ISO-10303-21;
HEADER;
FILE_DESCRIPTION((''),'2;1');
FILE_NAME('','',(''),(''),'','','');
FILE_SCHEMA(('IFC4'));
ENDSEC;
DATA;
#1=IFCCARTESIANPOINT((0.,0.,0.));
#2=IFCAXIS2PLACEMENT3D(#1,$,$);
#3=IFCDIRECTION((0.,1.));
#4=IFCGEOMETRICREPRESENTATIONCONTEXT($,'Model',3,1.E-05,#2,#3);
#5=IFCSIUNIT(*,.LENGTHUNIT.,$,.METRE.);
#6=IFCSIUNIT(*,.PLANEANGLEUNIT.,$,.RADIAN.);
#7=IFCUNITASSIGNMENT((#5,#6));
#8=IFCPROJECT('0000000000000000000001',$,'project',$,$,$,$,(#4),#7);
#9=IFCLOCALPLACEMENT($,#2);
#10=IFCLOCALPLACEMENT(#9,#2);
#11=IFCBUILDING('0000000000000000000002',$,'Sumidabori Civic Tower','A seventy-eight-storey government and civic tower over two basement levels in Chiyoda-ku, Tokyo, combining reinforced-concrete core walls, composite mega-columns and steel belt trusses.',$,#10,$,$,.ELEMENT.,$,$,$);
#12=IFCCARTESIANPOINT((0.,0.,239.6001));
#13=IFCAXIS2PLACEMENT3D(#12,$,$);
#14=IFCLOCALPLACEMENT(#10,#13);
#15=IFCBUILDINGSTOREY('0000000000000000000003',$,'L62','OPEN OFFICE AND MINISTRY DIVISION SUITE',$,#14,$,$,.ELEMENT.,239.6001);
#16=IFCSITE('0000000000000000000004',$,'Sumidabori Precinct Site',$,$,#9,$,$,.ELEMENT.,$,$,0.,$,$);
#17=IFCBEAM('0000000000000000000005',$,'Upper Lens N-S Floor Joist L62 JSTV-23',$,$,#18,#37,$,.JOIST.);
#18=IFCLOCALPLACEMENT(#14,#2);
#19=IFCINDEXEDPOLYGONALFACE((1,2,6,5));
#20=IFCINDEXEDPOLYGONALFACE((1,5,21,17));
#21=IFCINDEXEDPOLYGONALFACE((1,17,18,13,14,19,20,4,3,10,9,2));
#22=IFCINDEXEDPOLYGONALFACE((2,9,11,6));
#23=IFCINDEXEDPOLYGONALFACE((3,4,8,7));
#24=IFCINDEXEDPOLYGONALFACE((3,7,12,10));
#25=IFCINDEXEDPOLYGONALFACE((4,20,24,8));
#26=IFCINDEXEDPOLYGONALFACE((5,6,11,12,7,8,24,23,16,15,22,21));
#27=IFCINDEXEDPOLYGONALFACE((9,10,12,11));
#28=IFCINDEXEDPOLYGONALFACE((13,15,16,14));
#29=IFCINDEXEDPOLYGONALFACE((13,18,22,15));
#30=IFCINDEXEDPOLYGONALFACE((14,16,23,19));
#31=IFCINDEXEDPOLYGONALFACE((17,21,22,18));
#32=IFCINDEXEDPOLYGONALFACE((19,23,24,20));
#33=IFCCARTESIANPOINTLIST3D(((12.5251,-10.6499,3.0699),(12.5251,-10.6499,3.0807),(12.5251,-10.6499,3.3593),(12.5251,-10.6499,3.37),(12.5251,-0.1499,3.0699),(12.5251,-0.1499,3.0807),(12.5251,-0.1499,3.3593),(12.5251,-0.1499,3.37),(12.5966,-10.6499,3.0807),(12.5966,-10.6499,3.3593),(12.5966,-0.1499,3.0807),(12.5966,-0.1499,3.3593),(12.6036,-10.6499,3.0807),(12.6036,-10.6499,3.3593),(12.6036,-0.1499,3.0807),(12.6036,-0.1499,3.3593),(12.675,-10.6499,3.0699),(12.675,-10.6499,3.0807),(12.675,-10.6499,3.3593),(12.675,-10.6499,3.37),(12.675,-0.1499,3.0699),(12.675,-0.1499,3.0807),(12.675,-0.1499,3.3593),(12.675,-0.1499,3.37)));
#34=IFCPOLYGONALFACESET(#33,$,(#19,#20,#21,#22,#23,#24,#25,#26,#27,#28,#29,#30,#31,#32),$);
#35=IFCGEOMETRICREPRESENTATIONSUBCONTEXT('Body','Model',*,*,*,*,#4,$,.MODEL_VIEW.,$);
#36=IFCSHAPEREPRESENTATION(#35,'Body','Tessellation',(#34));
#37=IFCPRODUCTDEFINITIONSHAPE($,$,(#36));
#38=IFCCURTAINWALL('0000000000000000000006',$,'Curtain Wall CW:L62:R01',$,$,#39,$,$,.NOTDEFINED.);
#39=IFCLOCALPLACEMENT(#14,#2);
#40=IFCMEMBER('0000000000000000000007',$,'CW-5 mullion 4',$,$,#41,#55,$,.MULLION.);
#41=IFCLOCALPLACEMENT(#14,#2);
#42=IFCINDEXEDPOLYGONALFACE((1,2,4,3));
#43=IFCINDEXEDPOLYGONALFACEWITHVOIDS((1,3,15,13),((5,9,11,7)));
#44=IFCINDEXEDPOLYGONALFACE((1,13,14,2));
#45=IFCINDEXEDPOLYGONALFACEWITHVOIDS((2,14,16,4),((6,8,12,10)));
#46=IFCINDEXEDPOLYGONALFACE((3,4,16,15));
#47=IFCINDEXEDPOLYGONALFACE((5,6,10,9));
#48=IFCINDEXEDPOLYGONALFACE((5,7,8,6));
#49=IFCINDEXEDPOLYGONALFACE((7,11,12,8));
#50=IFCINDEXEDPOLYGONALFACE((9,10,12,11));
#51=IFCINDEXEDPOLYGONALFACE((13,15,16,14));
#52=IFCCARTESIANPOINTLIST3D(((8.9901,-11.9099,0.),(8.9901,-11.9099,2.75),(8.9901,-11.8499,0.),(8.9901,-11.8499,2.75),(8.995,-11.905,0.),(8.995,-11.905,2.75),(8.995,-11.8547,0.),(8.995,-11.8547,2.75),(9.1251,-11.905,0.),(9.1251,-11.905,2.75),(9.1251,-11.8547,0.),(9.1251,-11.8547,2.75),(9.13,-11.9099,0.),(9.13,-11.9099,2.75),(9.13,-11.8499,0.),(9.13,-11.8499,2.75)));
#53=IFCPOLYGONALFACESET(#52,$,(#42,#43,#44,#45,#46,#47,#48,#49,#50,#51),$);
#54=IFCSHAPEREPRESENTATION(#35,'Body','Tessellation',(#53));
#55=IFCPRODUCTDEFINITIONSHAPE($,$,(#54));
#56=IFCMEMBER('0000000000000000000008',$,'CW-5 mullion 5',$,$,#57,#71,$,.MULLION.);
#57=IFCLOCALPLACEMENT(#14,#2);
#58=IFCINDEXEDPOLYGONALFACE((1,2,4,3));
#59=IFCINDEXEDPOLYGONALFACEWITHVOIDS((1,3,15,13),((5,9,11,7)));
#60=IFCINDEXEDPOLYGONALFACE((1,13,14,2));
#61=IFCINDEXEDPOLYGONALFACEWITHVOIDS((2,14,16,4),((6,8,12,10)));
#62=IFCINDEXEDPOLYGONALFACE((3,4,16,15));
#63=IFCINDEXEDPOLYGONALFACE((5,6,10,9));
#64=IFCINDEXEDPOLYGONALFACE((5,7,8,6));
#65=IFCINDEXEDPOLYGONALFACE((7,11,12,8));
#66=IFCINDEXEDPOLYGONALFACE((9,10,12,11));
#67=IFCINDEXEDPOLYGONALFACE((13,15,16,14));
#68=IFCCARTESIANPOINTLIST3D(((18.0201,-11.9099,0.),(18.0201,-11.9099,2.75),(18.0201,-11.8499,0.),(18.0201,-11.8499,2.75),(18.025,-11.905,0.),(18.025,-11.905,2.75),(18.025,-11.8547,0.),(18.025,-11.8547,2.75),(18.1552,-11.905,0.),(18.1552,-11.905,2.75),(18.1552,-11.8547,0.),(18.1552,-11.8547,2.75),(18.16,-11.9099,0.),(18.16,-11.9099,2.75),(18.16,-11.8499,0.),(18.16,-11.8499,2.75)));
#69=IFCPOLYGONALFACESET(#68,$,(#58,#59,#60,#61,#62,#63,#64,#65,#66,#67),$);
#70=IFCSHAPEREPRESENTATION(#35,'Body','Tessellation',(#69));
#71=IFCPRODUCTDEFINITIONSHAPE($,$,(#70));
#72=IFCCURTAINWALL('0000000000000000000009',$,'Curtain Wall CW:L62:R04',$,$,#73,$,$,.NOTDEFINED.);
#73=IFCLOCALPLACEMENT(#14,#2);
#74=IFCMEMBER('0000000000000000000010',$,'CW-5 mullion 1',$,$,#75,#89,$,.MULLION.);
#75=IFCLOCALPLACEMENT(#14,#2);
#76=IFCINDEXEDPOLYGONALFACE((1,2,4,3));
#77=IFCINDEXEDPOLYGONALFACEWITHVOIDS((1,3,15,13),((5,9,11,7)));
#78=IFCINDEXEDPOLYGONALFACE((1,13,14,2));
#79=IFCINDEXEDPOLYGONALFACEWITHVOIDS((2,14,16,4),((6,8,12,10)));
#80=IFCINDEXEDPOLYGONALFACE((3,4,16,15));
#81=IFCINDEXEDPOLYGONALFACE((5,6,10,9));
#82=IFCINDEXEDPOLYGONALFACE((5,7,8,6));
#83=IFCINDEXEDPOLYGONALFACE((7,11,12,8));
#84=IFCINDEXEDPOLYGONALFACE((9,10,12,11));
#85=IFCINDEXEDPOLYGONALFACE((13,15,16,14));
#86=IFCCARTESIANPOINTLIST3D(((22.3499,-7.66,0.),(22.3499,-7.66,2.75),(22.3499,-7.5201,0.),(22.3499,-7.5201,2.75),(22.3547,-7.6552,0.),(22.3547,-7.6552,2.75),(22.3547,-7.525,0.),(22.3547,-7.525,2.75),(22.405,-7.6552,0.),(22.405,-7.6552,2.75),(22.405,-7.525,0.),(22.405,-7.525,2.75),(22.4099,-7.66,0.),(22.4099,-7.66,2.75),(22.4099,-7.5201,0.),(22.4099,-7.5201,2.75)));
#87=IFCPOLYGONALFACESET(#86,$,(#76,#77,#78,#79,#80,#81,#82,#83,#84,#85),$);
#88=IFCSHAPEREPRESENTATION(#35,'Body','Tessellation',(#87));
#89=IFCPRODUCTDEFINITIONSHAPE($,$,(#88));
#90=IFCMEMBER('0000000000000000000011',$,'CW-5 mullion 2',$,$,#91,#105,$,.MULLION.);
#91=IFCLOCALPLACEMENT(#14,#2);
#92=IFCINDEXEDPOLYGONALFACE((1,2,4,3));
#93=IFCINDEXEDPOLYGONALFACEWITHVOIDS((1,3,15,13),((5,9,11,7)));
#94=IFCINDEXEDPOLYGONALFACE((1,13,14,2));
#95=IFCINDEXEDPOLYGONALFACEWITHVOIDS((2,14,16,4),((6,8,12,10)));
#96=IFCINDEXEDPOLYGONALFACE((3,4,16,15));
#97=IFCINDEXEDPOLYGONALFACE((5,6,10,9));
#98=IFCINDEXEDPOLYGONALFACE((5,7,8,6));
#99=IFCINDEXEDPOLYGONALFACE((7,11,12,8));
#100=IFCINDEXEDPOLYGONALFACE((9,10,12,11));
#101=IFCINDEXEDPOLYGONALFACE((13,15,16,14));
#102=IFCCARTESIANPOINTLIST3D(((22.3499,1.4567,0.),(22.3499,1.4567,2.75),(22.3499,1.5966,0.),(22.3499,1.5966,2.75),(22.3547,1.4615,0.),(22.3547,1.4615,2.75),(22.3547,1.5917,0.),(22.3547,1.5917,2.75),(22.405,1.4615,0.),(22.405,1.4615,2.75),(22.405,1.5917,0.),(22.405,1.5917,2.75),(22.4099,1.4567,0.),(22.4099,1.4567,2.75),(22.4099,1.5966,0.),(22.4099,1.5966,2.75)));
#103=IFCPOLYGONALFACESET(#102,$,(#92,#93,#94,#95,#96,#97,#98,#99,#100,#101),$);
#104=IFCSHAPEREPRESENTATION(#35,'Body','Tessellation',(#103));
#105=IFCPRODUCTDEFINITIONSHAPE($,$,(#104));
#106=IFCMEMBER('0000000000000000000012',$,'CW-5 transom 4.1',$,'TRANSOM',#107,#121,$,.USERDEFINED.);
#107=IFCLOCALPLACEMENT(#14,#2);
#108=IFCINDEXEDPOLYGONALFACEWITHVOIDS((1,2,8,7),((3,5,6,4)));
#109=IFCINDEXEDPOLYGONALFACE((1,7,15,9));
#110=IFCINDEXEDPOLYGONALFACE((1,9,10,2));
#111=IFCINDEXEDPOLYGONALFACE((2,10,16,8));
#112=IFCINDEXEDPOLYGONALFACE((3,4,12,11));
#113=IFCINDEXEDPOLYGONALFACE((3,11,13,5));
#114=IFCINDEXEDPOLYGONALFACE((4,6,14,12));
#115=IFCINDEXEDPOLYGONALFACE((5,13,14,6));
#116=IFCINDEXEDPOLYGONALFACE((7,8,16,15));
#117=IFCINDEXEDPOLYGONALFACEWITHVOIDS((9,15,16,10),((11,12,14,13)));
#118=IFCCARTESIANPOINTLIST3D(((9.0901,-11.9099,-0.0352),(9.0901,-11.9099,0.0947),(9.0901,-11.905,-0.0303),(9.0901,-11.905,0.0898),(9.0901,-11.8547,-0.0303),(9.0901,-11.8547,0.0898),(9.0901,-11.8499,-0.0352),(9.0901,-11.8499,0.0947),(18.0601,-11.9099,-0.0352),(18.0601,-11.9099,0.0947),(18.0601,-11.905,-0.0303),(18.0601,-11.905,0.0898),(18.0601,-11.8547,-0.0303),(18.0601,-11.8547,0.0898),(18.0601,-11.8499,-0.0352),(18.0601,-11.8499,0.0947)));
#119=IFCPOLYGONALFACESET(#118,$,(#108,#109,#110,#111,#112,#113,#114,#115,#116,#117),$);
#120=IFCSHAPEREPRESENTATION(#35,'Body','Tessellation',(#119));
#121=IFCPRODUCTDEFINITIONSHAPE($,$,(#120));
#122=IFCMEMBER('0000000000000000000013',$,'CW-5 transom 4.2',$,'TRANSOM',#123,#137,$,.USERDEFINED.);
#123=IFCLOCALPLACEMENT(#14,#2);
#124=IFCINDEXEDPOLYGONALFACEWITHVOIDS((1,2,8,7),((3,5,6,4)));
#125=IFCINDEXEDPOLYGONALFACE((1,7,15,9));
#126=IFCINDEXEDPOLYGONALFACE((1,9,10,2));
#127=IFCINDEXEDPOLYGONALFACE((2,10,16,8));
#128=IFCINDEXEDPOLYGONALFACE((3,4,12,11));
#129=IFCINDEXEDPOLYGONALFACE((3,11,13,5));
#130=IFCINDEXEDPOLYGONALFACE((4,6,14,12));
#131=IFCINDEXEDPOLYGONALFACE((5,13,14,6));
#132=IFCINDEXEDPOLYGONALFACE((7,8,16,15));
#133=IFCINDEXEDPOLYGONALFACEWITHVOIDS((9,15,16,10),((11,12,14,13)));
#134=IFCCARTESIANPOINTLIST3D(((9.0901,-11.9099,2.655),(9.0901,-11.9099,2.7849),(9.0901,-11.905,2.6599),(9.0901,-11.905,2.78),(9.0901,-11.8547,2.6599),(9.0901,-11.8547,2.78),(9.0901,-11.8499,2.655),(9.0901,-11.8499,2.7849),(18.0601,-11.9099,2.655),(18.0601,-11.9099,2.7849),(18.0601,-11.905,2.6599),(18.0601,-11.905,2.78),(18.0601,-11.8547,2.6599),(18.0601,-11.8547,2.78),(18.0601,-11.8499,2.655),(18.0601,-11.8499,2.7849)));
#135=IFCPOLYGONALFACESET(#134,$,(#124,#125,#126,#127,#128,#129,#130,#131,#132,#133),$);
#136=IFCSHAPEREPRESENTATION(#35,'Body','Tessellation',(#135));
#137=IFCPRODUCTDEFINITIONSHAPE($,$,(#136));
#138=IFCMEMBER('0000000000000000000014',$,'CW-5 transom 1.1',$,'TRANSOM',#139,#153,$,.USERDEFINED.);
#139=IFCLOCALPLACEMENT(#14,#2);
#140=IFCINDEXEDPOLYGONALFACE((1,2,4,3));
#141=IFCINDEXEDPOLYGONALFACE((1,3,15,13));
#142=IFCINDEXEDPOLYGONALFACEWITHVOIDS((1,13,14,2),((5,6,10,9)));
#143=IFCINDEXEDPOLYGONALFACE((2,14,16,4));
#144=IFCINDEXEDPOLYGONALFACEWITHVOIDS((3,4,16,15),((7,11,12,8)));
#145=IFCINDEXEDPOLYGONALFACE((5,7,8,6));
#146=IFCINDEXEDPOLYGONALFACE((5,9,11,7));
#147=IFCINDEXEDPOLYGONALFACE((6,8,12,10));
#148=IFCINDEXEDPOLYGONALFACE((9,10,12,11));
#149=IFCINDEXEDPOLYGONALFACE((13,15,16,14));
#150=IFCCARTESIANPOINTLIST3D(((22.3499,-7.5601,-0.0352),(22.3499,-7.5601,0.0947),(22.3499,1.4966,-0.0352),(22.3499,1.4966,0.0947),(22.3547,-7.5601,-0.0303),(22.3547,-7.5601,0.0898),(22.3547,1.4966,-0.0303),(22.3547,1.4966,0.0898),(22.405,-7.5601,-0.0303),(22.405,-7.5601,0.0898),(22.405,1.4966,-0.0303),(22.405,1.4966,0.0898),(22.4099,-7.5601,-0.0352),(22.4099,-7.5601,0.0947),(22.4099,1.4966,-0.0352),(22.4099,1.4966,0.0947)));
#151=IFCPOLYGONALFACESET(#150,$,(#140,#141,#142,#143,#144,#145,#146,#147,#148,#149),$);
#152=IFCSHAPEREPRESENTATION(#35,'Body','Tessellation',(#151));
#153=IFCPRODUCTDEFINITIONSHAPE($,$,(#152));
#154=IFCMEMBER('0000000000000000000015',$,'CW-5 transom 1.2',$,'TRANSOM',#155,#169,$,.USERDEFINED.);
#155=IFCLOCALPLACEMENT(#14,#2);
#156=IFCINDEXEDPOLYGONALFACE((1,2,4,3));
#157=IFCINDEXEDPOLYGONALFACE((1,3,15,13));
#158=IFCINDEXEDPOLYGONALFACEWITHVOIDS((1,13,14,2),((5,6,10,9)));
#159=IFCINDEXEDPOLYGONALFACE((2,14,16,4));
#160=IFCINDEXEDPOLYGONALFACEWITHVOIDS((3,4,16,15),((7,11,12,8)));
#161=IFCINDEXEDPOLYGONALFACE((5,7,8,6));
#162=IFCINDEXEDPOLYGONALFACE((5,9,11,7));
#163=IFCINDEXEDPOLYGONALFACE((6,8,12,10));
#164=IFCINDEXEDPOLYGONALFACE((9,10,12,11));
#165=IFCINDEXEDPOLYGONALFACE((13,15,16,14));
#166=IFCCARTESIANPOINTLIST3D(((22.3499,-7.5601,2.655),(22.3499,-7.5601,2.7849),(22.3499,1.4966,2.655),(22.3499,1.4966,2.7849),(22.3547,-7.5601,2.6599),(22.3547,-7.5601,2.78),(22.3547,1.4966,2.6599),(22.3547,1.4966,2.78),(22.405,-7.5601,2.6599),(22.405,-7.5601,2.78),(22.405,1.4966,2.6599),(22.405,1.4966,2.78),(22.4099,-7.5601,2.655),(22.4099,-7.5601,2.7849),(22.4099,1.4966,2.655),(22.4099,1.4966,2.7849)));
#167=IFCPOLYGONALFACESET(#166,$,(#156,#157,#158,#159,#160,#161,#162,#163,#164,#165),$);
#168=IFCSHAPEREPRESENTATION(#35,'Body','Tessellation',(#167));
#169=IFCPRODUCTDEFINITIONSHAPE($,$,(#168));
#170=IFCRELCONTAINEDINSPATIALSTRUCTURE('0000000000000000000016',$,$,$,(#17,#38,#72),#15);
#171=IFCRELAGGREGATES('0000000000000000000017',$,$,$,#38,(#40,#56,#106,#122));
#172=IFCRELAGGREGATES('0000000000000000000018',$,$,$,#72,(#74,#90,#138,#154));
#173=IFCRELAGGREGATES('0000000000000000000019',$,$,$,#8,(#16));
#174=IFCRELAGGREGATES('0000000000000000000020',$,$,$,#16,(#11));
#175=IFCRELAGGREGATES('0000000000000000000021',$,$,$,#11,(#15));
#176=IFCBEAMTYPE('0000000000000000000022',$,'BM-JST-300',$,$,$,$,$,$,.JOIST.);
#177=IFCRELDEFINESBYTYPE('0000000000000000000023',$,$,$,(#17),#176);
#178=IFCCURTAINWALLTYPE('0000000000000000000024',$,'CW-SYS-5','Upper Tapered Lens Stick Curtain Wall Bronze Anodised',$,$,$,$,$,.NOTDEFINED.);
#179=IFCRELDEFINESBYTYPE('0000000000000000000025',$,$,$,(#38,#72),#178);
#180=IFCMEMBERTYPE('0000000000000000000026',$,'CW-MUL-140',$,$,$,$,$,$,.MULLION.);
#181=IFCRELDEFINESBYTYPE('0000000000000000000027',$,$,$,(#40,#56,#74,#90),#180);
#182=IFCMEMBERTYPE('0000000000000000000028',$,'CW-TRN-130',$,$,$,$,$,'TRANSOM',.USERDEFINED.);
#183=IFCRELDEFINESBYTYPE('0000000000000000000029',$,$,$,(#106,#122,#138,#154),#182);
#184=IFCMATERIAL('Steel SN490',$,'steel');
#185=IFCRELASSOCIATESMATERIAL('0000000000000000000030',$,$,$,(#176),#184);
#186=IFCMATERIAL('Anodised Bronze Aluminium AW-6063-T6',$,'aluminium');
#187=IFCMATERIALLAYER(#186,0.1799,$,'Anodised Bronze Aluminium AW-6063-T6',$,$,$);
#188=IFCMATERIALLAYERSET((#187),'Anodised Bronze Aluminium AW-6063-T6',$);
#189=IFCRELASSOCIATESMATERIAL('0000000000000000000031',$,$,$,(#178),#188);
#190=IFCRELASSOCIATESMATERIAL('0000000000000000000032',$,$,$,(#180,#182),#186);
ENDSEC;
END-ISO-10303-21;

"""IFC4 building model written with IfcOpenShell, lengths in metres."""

from ifc_helpers import new_model, si_unit, direction, frame, origin, origin_2d, place, context, subcontext, project, spatial, hollow_rectangle, i_section, extrude, source, transform, mapped, material, layer, layer_set, material_profile, profile_set, type_object, element, aggregate, save


model = new_model("IFC4")

# Units and contexts
model_context = context("Model", 3, precision=1e-05, world=origin(), true_north=direction((0.0, 1.0)))
body_context = subcontext(model_context, "Body", "Model", "MODEL_VIEW")
ifc_project = project(units=[si_unit("LENGTHUNIT", "METRE"), si_unit("PLANEANGLEUNIT", "RADIAN")], contexts=[model_context])

# Site, building, storey
site_placement = place(None, origin())
site = spatial("IfcSite", under=ifc_project, at=site_placement, Name="Sumidabori Precinct Site", CompositionType="ELEMENT", RefElevation=0.0)
building_placement = place(site_placement, origin())
building = spatial("IfcBuilding", under=site, at=building_placement, Name="Sumidabori Civic Tower", Description="A seventy-eight-storey government and civic tower over two basement levels in Chiyoda-ku, Tokyo, combining reinforced-concrete core walls, composite mega-columns and steel belt trusses.", CompositionType="ELEMENT")
storey_placement = place(building_placement, frame((0.0, 0.0, 239.6001)))
storey = spatial("IfcBuildingStorey", under=building, at=storey_placement, Name="L62", Description="OPEN OFFICE AND MINISTRY DIVISION SUITE", CompositionType="ELEMENT", Elevation=239.6001)

# Beam
ifc_material_1 = material(Name="Steel SN490", Category="steel")
ifc_material_profile_1 = material_profile(ifc_material_1, i_section(OverallWidth=0.1499, OverallDepth=0.3, WebThickness=0.0071, FlangeThickness=0.0107, at=origin_2d()), Name="IPE 300")
ifc_profile_set_1 = profile_set([ifc_material_profile_1], Name="Steel SN490")
beam_type_1 = type_object("IfcBeamType", Name="BM-JST-300", PredefinedType="JOIST", material=ifc_profile_set_1)
shared_shape_1 = source(origin(), body_context, "Body", "SweptSolid", [
    extrude(i_section(OverallWidth=0.1499, OverallDepth=0.3, WebThickness=0.0071, FlangeThickness=0.0107, at=origin_2d()), origin(), (0.0, 0.0, 1.0), 10.5),
])
beam_1_placement = place(storey_placement, frame((12.6001, -10.6499, 3.22), z_axis=(0.0, 1.0, 0.0), x_axis=(-1.0, 0.0, 0.0)))
element("IfcBeam", 1, at=beam_1_placement, inside=storey, type_object=beam_type_1, Name="Upper Lens N-S Floor Joist L62 JSTV-23", PredefinedType="JOIST", context=body_context, shape_type="MappedRepresentation", body=[
    mapped(shared_shape_1, transform((0.0, 0.0, 0.0), x_axis=(1.0, 0.0, 0.0), y_axis=(0.0, 1.0, 0.0), z_axis=(0.0, 0.0, 1.0), scale=1.0)),
])

# Curtain walls, members
ifc_material_2 = material(Name="Anodised Bronze Aluminium AW-6063-T6", Category="aluminium")
ifc_layer_1 = layer(ifc_material_2, 0.1799, Name="Anodised Bronze Aluminium AW-6063-T6")
ifc_layer_set_1 = layer_set([ifc_layer_1], Name="Anodised Bronze Aluminium AW-6063-T6")
curtain_wall_type = type_object("IfcCurtainWallType", Name="CW-SYS-5", Description="Upper Tapered Lens Stick Curtain Wall Bronze Anodised", PredefinedType="NOTDEFINED", material=ifc_layer_set_1)
curtain_wall_1_placement = place(storey_placement, origin())
curtain_wall_1 = element("IfcCurtainWall", 2, at=curtain_wall_1_placement, inside=storey, type_object=curtain_wall_type, Name="Curtain Wall CW:L62:R01", PredefinedType="NOTDEFINED")
ifc_material_profile_2 = material_profile(ifc_material_2, hollow_rectangle(XDim=0.0601, YDim=0.1399, WallThickness=0.0049, at=origin_2d()), Name="ALU MULLION 140x60")
ifc_profile_set_2 = profile_set([ifc_material_profile_2], Name="Anodised Bronze Aluminium AW-6063-T6")
member_type_1 = type_object("IfcMemberType", Name="CW-MUL-140", PredefinedType="MULLION", material=ifc_profile_set_2)
shared_shape_2 = source(origin(), body_context, "Body", "SweptSolid", [
    extrude(hollow_rectangle(XDim=0.0601, YDim=0.1399, WallThickness=0.0049, at=origin_2d()), origin(), (0.0, 0.0, 1.0), 2.75),
])
member_1_placement = place(storey_placement, frame((9.0601, -11.8799, 0.0), z_axis=(0.0, 0.0, 1.0), x_axis=(0.0, 1.0, 0.0)))
member_1 = element("IfcMember", 3, at=member_1_placement, type_object=member_type_1, Name="CW-5 mullion 4", PredefinedType="MULLION", context=body_context, shape_type="MappedRepresentation", body=[
    mapped(shared_shape_2, transform((0.0, 0.0, 0.0), x_axis=(1.0, 0.0, 0.0), y_axis=(0.0, 1.0, 0.0), z_axis=(0.0, 0.0, 1.0), scale=1.0)),
])
member_2_placement = place(storey_placement, frame((18.0901, -11.8799, 0.0), z_axis=(0.0, 0.0, 1.0), x_axis=(0.0, 1.0, 0.0)))
member_2 = element("IfcMember", 4, at=member_2_placement, type_object=member_type_1, Name="CW-5 mullion 5", PredefinedType="MULLION", context=body_context, shape_type="MappedRepresentation", body=[
    mapped(shared_shape_2, transform((0.0, 0.0, 0.0), x_axis=(1.0, 0.0, 0.0), y_axis=(0.0, 1.0, 0.0), z_axis=(0.0, 0.0, 1.0), scale=1.0)),
])
curtain_wall_2_placement = place(storey_placement, origin())
curtain_wall_2 = element("IfcCurtainWall", 5, at=curtain_wall_2_placement, inside=storey, type_object=curtain_wall_type, Name="Curtain Wall CW:L62:R04", PredefinedType="NOTDEFINED")
member_3_placement = place(storey_placement, frame((22.3799, -7.5901, 0.0), z_axis=(0.0, 0.0, 1.0), x_axis=(-1.0, 0.0, 0.0)))
member_3 = element("IfcMember", 6, at=member_3_placement, type_object=member_type_1, Name="CW-5 mullion 1", PredefinedType="MULLION", context=body_context, shape_type="MappedRepresentation", body=[
    mapped(shared_shape_2, transform((0.0, 0.0, 0.0), x_axis=(1.0, 0.0, 0.0), y_axis=(0.0, 1.0, 0.0), z_axis=(0.0, 0.0, 1.0), scale=1.0)),
])
member_4_placement = place(storey_placement, frame((22.3799, 1.5266, 0.0), z_axis=(0.0, 0.0, 1.0), x_axis=(-1.0, 0.0, 0.0)))
member_4 = element("IfcMember", 7, at=member_4_placement, type_object=member_type_1, Name="CW-5 mullion 2", PredefinedType="MULLION", context=body_context, shape_type="MappedRepresentation", body=[
    mapped(shared_shape_2, transform((0.0, 0.0, 0.0), x_axis=(1.0, 0.0, 0.0), y_axis=(0.0, 1.0, 0.0), z_axis=(0.0, 0.0, 1.0), scale=1.0)),
])

# Members
ifc_material_profile_3 = material_profile(ifc_material_2, hollow_rectangle(XDim=0.0601, YDim=0.1299, WallThickness=0.0049, at=origin_2d()), Name="ALU TRANSOM 130x60")
ifc_profile_set_3 = profile_set([ifc_material_profile_3], Name="Anodised Bronze Aluminium AW-6063-T6")
member_type_2 = type_object("IfcMemberType", Name="CW-TRN-130", ElementType="TRANSOM", PredefinedType="USERDEFINED", material=ifc_profile_set_3)
shared_shape_3 = source(origin(), body_context, "Body", "SweptSolid", [
    extrude(hollow_rectangle(XDim=0.0601, YDim=0.1299, WallThickness=0.0049, at=origin_2d()), origin(), (0.0, 0.0, 1.0), 8.97),
])
member_5_placement = place(storey_placement, frame((9.0901, -11.8799, 0.0298), z_axis=(1.0, 0.0, 0.0), x_axis=(0.0, 1.0, 0.0)))
member_5 = element("IfcMember", 8, at=member_5_placement, type_object=member_type_2, Name="CW-5 transom 4.1", ObjectType="TRANSOM", PredefinedType="USERDEFINED", context=body_context, shape_type="MappedRepresentation", body=[
    mapped(shared_shape_3, transform((0.0, 0.0, 0.0), x_axis=(1.0, 0.0, 0.0), y_axis=(0.0, 1.0, 0.0), z_axis=(0.0, 0.0, 1.0), scale=1.0)),
])
member_6_placement = place(storey_placement, frame((9.0901, -11.8799, 2.72), z_axis=(1.0, 0.0, 0.0), x_axis=(0.0, 1.0, 0.0)))
member_6 = element("IfcMember", 9, at=member_6_placement, type_object=member_type_2, Name="CW-5 transom 4.2", ObjectType="TRANSOM", PredefinedType="USERDEFINED", context=body_context, shape_type="MappedRepresentation", body=[
    mapped(shared_shape_3, transform((0.0, 0.0, 0.0), x_axis=(1.0, 0.0, 0.0), y_axis=(0.0, 1.0, 0.0), z_axis=(0.0, 0.0, 1.0), scale=1.0)),
])
shared_shape_4 = source(origin(), body_context, "Body", "SweptSolid", [
    extrude(hollow_rectangle(XDim=0.0601, YDim=0.1299, WallThickness=0.0049, at=origin_2d()), origin(), (0.0, 0.0, 1.0), 9.0566),
])
member_7_placement = place(storey_placement, frame((22.3799, -7.5601, 0.0298), z_axis=(0.0, 1.0, 0.0), x_axis=(-1.0, 0.0, 0.0)))
member_7 = element("IfcMember", 10, at=member_7_placement, type_object=member_type_2, Name="CW-5 transom 1.1", ObjectType="TRANSOM", PredefinedType="USERDEFINED", context=body_context, shape_type="MappedRepresentation", body=[
    mapped(shared_shape_4, transform((0.0, 0.0, 0.0), x_axis=(1.0, 0.0, 0.0), y_axis=(0.0, 1.0, 0.0), z_axis=(0.0, 0.0, 1.0), scale=1.0)),
])
member_8_placement = place(storey_placement, frame((22.3799, -7.5601, 2.72), z_axis=(0.0, 1.0, 0.0), x_axis=(-1.0, 0.0, 0.0)))
member_8 = element("IfcMember", 11, at=member_8_placement, type_object=member_type_2, Name="CW-5 transom 1.2", ObjectType="TRANSOM", PredefinedType="USERDEFINED", context=body_context, shape_type="MappedRepresentation", body=[
    mapped(shared_shape_4, transform((0.0, 0.0, 0.0), x_axis=(1.0, 0.0, 0.0), y_axis=(0.0, 1.0, 0.0), z_axis=(0.0, 0.0, 1.0), scale=1.0)),
])

aggregate(curtain_wall_1, [member_1, member_2, member_5, member_6])
aggregate(curtain_wall_2, [member_3, member_4, member_7, member_8])

save(model, "model.ifc")
